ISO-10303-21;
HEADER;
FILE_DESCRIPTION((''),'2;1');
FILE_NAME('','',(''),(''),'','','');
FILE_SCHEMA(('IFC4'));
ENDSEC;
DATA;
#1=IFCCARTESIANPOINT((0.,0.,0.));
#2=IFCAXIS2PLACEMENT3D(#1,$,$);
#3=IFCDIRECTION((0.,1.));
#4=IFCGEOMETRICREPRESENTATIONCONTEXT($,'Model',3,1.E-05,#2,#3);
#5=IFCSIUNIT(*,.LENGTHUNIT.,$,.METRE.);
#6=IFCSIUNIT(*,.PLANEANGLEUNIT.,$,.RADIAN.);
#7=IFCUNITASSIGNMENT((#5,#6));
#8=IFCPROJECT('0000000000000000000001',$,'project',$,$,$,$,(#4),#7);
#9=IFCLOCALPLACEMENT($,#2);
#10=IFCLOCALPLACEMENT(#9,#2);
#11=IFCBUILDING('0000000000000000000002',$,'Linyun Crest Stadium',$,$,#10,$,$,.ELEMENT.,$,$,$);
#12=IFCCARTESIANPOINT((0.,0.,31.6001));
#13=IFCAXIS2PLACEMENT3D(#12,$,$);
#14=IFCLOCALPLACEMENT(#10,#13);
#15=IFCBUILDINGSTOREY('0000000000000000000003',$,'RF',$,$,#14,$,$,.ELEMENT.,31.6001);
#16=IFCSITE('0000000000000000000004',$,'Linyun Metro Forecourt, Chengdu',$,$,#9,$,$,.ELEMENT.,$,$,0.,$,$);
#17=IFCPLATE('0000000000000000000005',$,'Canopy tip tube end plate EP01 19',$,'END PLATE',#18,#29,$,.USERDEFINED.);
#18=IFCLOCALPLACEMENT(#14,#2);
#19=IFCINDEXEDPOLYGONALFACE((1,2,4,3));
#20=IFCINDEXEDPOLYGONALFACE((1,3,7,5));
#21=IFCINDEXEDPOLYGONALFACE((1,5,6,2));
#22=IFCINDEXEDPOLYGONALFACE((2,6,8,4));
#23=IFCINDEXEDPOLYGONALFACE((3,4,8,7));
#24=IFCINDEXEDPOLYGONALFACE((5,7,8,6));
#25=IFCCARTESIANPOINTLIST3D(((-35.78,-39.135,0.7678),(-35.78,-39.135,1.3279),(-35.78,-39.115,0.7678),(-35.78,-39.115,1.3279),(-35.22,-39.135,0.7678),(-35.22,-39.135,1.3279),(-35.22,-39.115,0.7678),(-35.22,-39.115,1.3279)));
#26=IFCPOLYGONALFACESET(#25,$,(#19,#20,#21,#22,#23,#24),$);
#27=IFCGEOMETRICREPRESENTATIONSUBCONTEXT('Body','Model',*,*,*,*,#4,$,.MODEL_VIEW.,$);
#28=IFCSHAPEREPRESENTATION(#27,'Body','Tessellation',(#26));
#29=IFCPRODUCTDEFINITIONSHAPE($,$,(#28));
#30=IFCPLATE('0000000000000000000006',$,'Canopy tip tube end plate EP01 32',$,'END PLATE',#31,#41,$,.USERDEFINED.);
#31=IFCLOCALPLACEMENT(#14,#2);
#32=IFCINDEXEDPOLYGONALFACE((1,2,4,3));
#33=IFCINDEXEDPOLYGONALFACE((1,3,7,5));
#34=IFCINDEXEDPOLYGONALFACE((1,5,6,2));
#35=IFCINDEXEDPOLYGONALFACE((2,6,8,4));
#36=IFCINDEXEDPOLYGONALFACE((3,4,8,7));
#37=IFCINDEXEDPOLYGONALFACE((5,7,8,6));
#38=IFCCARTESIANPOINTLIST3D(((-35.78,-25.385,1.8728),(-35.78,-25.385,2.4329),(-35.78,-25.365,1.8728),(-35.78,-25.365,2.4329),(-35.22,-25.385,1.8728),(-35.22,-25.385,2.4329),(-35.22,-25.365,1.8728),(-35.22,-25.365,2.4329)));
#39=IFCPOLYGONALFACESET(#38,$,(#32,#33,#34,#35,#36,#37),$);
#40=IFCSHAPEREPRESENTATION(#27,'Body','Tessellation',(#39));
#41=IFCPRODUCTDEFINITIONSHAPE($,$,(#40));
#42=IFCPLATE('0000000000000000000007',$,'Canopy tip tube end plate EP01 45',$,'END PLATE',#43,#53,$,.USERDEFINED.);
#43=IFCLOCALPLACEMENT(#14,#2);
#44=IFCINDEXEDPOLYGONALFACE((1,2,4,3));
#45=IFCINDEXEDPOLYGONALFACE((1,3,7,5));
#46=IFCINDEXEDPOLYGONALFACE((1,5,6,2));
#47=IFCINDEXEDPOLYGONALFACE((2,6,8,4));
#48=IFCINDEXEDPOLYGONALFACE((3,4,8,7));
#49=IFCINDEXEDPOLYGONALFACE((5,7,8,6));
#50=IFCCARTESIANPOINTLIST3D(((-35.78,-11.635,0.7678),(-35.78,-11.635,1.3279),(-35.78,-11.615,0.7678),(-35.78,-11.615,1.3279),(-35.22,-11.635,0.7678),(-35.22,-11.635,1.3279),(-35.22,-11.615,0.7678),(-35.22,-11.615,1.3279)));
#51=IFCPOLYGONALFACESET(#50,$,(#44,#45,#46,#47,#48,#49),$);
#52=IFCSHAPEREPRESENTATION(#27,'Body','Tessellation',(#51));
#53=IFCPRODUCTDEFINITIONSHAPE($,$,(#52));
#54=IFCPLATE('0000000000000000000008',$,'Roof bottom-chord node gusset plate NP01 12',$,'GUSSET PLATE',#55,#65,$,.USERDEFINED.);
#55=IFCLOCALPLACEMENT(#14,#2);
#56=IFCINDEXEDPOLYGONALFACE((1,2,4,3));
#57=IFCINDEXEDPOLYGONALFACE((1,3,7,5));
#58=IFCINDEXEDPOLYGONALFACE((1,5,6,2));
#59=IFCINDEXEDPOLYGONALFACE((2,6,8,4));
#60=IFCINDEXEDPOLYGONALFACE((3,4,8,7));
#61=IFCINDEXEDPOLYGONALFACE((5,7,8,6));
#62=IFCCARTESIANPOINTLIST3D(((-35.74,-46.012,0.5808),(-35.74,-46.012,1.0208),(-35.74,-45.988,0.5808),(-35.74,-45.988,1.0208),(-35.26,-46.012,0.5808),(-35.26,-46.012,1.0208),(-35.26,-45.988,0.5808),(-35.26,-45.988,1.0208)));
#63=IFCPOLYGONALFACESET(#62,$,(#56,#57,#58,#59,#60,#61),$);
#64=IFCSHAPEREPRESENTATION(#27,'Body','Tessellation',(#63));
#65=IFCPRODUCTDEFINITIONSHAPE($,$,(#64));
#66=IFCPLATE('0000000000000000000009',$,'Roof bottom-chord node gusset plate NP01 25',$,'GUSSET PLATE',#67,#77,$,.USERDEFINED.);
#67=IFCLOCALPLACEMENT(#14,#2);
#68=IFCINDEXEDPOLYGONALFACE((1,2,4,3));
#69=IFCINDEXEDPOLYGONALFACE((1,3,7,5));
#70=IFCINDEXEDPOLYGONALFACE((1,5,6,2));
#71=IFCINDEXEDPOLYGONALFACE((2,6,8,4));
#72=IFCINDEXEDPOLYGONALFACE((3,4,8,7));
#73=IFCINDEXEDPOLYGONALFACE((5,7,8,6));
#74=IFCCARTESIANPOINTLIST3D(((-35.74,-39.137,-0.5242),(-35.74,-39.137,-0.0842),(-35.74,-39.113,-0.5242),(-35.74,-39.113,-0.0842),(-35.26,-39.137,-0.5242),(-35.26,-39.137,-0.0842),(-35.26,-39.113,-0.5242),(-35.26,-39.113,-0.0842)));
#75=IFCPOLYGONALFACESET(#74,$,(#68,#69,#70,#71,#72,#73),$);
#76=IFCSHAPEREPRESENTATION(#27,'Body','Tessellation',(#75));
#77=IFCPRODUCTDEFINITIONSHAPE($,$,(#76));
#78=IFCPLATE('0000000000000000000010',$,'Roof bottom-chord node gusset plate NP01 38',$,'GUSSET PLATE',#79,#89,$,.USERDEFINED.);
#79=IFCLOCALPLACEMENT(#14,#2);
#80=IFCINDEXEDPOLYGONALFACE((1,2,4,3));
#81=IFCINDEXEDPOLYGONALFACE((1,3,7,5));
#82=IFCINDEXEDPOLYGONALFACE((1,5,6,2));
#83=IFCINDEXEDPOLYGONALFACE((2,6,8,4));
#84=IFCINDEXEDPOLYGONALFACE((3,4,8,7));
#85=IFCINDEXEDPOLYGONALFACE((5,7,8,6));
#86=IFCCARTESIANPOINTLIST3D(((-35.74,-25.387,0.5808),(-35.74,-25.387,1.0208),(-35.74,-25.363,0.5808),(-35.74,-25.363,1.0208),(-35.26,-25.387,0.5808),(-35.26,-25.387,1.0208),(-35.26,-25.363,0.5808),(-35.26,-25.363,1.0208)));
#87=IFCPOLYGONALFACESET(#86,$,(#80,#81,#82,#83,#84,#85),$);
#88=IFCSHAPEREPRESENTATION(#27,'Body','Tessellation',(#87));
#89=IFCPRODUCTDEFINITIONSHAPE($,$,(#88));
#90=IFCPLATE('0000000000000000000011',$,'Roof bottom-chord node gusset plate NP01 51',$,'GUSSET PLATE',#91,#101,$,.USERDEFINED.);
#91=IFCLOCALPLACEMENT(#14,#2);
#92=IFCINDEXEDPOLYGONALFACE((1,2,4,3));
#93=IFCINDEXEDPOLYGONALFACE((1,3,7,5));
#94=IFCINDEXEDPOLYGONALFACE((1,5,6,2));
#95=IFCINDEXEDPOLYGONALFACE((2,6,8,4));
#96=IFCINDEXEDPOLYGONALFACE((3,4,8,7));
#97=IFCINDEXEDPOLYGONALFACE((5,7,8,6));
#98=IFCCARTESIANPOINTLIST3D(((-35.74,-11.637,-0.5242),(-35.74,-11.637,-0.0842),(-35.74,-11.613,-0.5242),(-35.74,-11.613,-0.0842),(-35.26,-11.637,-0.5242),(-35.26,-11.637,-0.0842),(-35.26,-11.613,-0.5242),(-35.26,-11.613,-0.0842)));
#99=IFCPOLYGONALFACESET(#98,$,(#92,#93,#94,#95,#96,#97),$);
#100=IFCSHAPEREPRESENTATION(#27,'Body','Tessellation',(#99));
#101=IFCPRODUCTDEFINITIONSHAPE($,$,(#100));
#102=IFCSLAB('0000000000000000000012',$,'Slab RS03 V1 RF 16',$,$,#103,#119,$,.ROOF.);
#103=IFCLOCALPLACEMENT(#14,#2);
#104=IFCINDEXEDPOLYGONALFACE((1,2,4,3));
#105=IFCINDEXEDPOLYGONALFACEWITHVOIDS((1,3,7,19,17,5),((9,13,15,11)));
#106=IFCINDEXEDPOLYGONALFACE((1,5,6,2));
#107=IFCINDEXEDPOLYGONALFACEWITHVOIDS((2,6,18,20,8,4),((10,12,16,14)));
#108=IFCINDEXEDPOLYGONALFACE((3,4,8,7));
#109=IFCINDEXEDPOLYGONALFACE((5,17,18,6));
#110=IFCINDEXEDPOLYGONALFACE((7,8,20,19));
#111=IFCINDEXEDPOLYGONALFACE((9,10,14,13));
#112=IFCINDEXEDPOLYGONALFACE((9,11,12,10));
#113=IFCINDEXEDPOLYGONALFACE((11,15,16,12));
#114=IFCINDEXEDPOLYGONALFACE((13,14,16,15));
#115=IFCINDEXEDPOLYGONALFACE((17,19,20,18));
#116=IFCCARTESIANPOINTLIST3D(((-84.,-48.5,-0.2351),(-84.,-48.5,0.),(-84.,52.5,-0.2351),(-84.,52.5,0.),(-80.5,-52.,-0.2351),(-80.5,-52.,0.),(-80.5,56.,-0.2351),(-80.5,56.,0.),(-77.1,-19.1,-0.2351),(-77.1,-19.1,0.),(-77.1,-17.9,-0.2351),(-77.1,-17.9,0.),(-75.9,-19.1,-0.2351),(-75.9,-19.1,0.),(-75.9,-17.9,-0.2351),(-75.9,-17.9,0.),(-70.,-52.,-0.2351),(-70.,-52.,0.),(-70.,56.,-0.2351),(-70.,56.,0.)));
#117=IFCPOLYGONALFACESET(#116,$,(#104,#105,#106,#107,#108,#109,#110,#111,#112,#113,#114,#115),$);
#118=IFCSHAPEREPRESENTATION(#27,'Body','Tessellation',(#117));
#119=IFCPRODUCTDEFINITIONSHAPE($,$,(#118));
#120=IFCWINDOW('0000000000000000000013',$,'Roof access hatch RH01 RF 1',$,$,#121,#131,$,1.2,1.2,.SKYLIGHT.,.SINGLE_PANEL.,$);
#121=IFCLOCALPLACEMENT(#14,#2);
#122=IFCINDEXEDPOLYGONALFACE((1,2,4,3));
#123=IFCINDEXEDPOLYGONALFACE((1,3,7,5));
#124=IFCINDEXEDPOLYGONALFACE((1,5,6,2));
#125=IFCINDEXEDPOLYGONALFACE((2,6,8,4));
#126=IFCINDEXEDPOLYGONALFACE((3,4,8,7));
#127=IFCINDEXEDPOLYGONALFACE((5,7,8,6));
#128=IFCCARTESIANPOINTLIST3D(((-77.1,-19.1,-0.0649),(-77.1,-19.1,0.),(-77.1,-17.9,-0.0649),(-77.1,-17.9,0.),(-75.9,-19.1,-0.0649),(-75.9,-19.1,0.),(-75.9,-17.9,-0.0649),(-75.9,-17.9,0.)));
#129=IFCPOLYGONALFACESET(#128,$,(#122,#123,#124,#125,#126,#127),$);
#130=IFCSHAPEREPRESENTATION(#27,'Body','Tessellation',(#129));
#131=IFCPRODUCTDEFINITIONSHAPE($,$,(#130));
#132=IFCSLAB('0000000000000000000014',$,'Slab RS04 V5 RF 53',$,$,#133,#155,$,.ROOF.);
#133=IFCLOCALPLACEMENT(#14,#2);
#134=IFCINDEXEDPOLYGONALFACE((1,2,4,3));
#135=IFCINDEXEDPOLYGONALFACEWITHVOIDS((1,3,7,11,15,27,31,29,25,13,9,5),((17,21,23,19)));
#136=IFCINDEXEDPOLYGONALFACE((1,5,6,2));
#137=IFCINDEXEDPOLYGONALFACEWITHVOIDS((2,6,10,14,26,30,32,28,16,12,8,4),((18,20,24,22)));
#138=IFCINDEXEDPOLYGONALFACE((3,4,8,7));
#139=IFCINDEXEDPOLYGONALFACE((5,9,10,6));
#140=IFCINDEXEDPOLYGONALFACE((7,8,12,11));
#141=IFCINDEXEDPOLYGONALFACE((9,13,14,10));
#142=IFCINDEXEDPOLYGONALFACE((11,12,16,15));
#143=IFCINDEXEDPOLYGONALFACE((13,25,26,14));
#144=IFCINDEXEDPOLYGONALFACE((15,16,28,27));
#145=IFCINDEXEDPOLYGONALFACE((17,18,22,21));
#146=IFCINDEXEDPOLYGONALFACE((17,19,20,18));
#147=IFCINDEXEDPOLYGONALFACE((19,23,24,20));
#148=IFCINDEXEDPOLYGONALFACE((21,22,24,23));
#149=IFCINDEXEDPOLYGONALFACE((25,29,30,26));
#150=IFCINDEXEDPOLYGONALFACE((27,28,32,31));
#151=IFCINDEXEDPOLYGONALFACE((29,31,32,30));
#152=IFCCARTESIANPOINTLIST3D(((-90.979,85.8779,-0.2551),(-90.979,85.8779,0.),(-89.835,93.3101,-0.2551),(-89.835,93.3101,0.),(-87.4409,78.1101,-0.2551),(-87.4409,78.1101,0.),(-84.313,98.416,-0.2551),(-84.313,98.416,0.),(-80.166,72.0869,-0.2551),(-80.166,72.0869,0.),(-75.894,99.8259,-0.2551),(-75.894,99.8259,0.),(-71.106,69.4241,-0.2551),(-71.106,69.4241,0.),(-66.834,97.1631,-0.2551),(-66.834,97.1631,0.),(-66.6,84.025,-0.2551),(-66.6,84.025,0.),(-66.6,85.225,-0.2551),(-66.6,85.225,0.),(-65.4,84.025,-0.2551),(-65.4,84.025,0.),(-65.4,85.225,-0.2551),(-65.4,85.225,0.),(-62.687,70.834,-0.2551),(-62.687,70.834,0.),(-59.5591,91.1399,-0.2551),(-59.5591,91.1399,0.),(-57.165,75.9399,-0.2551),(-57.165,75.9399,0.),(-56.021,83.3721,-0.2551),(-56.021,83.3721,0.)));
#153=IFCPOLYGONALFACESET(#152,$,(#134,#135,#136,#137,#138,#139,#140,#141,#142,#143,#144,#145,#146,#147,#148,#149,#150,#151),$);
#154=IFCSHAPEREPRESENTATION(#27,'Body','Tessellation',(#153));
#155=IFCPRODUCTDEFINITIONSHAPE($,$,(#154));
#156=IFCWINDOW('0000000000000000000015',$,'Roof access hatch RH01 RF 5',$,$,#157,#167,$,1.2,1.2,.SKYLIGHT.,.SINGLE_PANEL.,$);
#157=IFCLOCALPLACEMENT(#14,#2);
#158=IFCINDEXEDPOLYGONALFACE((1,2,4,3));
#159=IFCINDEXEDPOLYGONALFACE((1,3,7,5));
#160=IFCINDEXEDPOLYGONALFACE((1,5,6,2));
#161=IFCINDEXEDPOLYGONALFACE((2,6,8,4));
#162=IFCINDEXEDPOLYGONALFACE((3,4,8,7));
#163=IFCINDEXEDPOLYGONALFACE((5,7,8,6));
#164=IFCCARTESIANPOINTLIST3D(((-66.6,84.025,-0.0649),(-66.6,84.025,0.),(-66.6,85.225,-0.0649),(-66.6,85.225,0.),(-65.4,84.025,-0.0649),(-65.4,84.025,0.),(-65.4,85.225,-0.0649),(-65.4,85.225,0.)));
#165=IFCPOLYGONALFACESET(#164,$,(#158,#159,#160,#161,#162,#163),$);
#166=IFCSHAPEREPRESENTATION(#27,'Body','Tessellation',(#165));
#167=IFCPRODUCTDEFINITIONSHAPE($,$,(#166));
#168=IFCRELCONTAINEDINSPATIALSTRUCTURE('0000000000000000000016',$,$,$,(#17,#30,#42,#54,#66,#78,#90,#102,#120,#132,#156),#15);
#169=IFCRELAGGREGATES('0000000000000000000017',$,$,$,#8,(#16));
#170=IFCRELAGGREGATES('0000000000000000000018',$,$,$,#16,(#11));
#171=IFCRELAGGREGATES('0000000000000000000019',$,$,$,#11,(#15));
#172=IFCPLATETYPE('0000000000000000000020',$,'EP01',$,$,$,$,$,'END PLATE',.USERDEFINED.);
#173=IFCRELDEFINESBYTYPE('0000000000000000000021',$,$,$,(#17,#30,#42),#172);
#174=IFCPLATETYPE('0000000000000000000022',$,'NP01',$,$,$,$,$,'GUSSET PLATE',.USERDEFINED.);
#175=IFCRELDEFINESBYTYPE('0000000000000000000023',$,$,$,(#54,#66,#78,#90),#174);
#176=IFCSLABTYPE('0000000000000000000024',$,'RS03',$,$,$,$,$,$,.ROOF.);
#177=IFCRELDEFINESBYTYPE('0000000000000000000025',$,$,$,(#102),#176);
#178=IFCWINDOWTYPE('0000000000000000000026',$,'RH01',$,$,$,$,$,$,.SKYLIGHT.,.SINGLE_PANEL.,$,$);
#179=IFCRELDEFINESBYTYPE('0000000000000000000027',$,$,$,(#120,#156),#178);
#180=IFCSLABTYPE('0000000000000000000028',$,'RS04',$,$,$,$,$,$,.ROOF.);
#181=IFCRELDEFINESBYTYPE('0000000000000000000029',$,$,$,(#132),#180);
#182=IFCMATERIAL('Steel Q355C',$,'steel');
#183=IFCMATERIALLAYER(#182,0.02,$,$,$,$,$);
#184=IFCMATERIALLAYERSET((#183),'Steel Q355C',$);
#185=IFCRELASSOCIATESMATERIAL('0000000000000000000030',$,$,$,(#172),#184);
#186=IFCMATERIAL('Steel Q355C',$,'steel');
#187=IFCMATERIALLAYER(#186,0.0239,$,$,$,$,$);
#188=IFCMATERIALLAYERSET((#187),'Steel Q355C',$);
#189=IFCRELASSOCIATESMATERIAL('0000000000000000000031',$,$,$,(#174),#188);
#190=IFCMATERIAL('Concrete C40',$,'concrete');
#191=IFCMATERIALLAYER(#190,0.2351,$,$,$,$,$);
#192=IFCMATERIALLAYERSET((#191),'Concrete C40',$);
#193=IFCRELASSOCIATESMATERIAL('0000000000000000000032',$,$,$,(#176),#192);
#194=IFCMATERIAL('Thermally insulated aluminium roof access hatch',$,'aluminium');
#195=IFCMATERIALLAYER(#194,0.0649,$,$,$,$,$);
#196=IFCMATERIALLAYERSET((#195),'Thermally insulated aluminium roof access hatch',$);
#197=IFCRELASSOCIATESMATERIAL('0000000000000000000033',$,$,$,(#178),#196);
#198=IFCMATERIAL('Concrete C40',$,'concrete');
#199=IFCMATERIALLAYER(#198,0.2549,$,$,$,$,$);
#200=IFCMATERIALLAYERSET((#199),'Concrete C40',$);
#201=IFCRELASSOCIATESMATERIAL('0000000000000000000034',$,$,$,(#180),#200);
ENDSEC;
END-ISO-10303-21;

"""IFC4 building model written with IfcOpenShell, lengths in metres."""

from ifc_helpers import new_model, si_unit, direction, frame, origin, origin_2d, place, context, subcontext, project, spatial, polyline, rectangle, outline, extrude, material, layer, layer_set, type_object, element, fill, save


model = new_model("IFC4")

# Units and contexts
model_context = context("Model", 3, precision=1e-05, world=origin(), true_north=direction((0.0, 1.0)))
body_context = subcontext(model_context, "Body", "Model", "MODEL_VIEW")
ifc_project = project(units=[si_unit("LENGTHUNIT", "METRE"), si_unit("PLANEANGLEUNIT", "RADIAN")], contexts=[model_context])

# Site, building, storey
site_placement = place(None, origin())
site = spatial("IfcSite", under=ifc_project, at=site_placement, Name="Linyun Metro Forecourt, Chengdu", CompositionType="ELEMENT", RefElevation=0.0)
building_placement = place(site_placement, origin())
building = spatial("IfcBuilding", under=site, at=building_placement, Name="Linyun Crest Stadium", CompositionType="ELEMENT")
storey_placement = place(building_placement, frame((0.0, 0.0, 31.6001)))
storey = spatial("IfcBuildingStorey", under=building, at=storey_placement, Name="RF", CompositionType="ELEMENT", Elevation=31.6001)

# Plates
ifc_material_1 = material(Name="Steel Q355C", Category="steel")
ifc_layer_1 = layer(ifc_material_1, 0.02)
ifc_layer_set_1 = layer_set([ifc_layer_1], Name="Steel Q355C")
plate_type_1 = type_object("IfcPlateType", Name="EP01", ElementType="END PLATE", PredefinedType="USERDEFINED", material=ifc_layer_set_1)
for number, where, z_axis, x_axis, name in (
    (1, (-35.5, -39.125, 0.7678), (0.0, 0.0, 1.0), (1.0, 0.0, 0.0), "Canopy tip tube end plate EP01 19"),
    (2, (-35.5, -25.375, 1.8728), (0.0, 0.0, 1.0), (1.0, 0.0, 0.0), "Canopy tip tube end plate EP01 32"),
    (3, (-35.5, -11.625, 0.7678), (0.0, 0.0, 1.0), (1.0, 0.0, 0.0), "Canopy tip tube end plate EP01 45"),
):
    element("IfcPlate", number, at=place(storey_placement, frame(where, z_axis=z_axis, x_axis=x_axis)), inside=storey, type_object=plate_type_1, Name=name, ObjectType="END PLATE", PredefinedType="USERDEFINED", context=body_context, shape_type="SweptSolid", body=[
        extrude(rectangle(XDim=0.5601, YDim=0.02, at=origin_2d()), origin(), (0.0, 0.0, 1.0), 0.5601),
    ])
ifc_material_2 = material(Name="Steel Q355C", Category="steel")
ifc_layer_2 = layer(ifc_material_2, 0.0239)
ifc_layer_set_2 = layer_set([ifc_layer_2], Name="Steel Q355C")
plate_type_2 = type_object("IfcPlateType", Name="NP01", ElementType="GUSSET PLATE", PredefinedType="USERDEFINED", material=ifc_layer_set_2)
for number, where, z_axis, x_axis, name in (
    (4, (-35.5, -46.0, 0.5808), (0.0, 0.0, 1.0), (1.0, 0.0, 0.0), "Roof bottom-chord node gusset plate NP01 12"),
    (5, (-35.5, -39.125, -0.5242), (0.0, 0.0, 1.0), (1.0, 0.0, 0.0), "Roof bottom-chord node gusset plate NP01 25"),
    (6, (-35.5, -25.375, 0.5808), (0.0, 0.0, 1.0), (1.0, 0.0, 0.0), "Roof bottom-chord node gusset plate NP01 38"),
    (7, (-35.5, -11.625, -0.5242), (0.0, 0.0, 1.0), (1.0, 0.0, 0.0), "Roof bottom-chord node gusset plate NP01 51"),
):
    element("IfcPlate", number, at=place(storey_placement, frame(where, z_axis=z_axis, x_axis=x_axis)), inside=storey, type_object=plate_type_2, Name=name, ObjectType="GUSSET PLATE", PredefinedType="USERDEFINED", context=body_context, shape_type="SweptSolid", body=[
        extrude(rectangle(XDim=0.48, YDim=0.0239, at=origin_2d()), origin(), (0.0, 0.0, 1.0), 0.4399),
    ])

# Slabs, openings, windows
ifc_material_3 = material(Name="Concrete C40", Category="concrete")
ifc_layer_3 = layer(ifc_material_3, 0.2351)
ifc_layer_set_3 = layer_set([ifc_layer_3], Name="Concrete C40")
slab_type_1 = type_object("IfcSlabType", Name="RS03", PredefinedType="ROOF", material=ifc_layer_set_3)
slab_1_placement = place(storey_placement, frame((0.0, 0.0, -0.2351)))
slab_1 = element("IfcSlab", 8, at=slab_1_placement, inside=storey, type_object=slab_type_1, Name="Slab RS03 V1 RF 16", PredefinedType="ROOF", context=body_context, shape_type="SweptSolid", body=[
    extrude(outline(polyline([(-80.5, -52.0), (-70.0, -52.0), (-70.0, 56.0), (-80.5, 56.0), (-84.0, 52.5), (-84.0, -48.5), (-80.5, -52.0)])), origin(), (0.0, 0.0, 1.0), 0.2351),
])
opening_1_placement = place(slab_1_placement, frame((-76.5, -18.5, 0.0)))
opening_1 = element("IfcOpeningElement", 9, at=opening_1_placement, cuts=slab_1, PredefinedType="OPENING", context=body_context, shape_type="SweptSolid", body=[
    extrude(rectangle(XDim=1.2, YDim=1.2, at=origin_2d()), origin(), (0.0, 0.0, 1.0), 0.2351),
])
ifc_material_4 = material(Name="Thermally insulated aluminium roof access hatch", Category="aluminium")
ifc_layer_4 = layer(ifc_material_4, 0.0649)
ifc_layer_set_4 = layer_set([ifc_layer_4], Name="Thermally insulated aluminium roof access hatch")
window_type_1 = type_object("IfcWindowType", Name="RH01", PartitioningType="SINGLE_PANEL", PredefinedType="SKYLIGHT", material=ifc_layer_set_4)
window_1_placement = place(opening_1_placement, frame((0.0, 0.0, 0.1702)))
window_1 = element("IfcWindow", 10, at=window_1_placement, inside=storey, type_object=window_type_1, Name="Roof access hatch RH01 RF 1", OverallHeight=1.2, OverallWidth=1.2, PartitioningType="SINGLE_PANEL", PredefinedType="SKYLIGHT", context=body_context, shape_type="SweptSolid", body=[
    extrude(rectangle(XDim=1.2, YDim=1.2, at=origin_2d()), origin(), (0.0, 0.0, 1.0), 0.0649),
])
fill(opening_1, window_1)
ifc_material_5 = material(Name="Concrete C40", Category="concrete")
ifc_layer_5 = layer(ifc_material_5, 0.2549)
ifc_layer_set_5 = layer_set([ifc_layer_5], Name="Concrete C40")
slab_type_2 = type_object("IfcSlabType", Name="RS04", PredefinedType="ROOF", material=ifc_layer_set_5)
slab_2_placement = place(storey_placement, frame((0.0, 0.0, -0.2551)))
slab_2 = element("IfcSlab", 11, at=slab_2_placement, inside=storey, type_object=slab_type_2, Name="Slab RS04 V5 RF 53", PredefinedType="ROOF", context=body_context, shape_type="SweptSolid", body=[
    extrude(outline(polyline([(-57.165, 75.9399), (-56.021, 83.3721), (-59.5591, 91.1399), (-66.834, 97.1631), (-75.894, 99.8259), (-84.313, 98.416), (-89.835, 93.3101), (-90.979, 85.8779), (-87.4409, 78.1101), (-80.166, 72.0869), (-71.106, 69.4241), (-62.687, 70.834), (-57.165, 75.9399)])), origin(), (0.0, 0.0, 1.0), 0.2551),
])
opening_2_placement = place(slab_2_placement, frame((-66.0, 84.625, 0.0)))
opening_2 = element("IfcOpeningElement", 12, at=opening_2_placement, cuts=slab_2, PredefinedType="OPENING", context=body_context, shape_type="SweptSolid", body=[
    extrude(rectangle(XDim=1.2, YDim=1.2, at=origin_2d()), origin(), (0.0, 0.0, 1.0), 0.2551),
])
window_2_placement = place(opening_2_placement, frame((0.0, 0.0, 0.1902)))
window_2 = element("IfcWindow", 13, at=window_2_placement, inside=storey, type_object=window_type_1, Name="Roof access hatch RH01 RF 5", OverallHeight=1.2, OverallWidth=1.2, PartitioningType="SINGLE_PANEL", PredefinedType="SKYLIGHT", context=body_context, shape_type="SweptSolid", body=[
    extrude(rectangle(XDim=1.2, YDim=1.2, at=origin_2d()), origin(), (0.0, 0.0, 1.0), 0.0649),
])
fill(opening_2, window_2)

save(model, "model.ifc")
